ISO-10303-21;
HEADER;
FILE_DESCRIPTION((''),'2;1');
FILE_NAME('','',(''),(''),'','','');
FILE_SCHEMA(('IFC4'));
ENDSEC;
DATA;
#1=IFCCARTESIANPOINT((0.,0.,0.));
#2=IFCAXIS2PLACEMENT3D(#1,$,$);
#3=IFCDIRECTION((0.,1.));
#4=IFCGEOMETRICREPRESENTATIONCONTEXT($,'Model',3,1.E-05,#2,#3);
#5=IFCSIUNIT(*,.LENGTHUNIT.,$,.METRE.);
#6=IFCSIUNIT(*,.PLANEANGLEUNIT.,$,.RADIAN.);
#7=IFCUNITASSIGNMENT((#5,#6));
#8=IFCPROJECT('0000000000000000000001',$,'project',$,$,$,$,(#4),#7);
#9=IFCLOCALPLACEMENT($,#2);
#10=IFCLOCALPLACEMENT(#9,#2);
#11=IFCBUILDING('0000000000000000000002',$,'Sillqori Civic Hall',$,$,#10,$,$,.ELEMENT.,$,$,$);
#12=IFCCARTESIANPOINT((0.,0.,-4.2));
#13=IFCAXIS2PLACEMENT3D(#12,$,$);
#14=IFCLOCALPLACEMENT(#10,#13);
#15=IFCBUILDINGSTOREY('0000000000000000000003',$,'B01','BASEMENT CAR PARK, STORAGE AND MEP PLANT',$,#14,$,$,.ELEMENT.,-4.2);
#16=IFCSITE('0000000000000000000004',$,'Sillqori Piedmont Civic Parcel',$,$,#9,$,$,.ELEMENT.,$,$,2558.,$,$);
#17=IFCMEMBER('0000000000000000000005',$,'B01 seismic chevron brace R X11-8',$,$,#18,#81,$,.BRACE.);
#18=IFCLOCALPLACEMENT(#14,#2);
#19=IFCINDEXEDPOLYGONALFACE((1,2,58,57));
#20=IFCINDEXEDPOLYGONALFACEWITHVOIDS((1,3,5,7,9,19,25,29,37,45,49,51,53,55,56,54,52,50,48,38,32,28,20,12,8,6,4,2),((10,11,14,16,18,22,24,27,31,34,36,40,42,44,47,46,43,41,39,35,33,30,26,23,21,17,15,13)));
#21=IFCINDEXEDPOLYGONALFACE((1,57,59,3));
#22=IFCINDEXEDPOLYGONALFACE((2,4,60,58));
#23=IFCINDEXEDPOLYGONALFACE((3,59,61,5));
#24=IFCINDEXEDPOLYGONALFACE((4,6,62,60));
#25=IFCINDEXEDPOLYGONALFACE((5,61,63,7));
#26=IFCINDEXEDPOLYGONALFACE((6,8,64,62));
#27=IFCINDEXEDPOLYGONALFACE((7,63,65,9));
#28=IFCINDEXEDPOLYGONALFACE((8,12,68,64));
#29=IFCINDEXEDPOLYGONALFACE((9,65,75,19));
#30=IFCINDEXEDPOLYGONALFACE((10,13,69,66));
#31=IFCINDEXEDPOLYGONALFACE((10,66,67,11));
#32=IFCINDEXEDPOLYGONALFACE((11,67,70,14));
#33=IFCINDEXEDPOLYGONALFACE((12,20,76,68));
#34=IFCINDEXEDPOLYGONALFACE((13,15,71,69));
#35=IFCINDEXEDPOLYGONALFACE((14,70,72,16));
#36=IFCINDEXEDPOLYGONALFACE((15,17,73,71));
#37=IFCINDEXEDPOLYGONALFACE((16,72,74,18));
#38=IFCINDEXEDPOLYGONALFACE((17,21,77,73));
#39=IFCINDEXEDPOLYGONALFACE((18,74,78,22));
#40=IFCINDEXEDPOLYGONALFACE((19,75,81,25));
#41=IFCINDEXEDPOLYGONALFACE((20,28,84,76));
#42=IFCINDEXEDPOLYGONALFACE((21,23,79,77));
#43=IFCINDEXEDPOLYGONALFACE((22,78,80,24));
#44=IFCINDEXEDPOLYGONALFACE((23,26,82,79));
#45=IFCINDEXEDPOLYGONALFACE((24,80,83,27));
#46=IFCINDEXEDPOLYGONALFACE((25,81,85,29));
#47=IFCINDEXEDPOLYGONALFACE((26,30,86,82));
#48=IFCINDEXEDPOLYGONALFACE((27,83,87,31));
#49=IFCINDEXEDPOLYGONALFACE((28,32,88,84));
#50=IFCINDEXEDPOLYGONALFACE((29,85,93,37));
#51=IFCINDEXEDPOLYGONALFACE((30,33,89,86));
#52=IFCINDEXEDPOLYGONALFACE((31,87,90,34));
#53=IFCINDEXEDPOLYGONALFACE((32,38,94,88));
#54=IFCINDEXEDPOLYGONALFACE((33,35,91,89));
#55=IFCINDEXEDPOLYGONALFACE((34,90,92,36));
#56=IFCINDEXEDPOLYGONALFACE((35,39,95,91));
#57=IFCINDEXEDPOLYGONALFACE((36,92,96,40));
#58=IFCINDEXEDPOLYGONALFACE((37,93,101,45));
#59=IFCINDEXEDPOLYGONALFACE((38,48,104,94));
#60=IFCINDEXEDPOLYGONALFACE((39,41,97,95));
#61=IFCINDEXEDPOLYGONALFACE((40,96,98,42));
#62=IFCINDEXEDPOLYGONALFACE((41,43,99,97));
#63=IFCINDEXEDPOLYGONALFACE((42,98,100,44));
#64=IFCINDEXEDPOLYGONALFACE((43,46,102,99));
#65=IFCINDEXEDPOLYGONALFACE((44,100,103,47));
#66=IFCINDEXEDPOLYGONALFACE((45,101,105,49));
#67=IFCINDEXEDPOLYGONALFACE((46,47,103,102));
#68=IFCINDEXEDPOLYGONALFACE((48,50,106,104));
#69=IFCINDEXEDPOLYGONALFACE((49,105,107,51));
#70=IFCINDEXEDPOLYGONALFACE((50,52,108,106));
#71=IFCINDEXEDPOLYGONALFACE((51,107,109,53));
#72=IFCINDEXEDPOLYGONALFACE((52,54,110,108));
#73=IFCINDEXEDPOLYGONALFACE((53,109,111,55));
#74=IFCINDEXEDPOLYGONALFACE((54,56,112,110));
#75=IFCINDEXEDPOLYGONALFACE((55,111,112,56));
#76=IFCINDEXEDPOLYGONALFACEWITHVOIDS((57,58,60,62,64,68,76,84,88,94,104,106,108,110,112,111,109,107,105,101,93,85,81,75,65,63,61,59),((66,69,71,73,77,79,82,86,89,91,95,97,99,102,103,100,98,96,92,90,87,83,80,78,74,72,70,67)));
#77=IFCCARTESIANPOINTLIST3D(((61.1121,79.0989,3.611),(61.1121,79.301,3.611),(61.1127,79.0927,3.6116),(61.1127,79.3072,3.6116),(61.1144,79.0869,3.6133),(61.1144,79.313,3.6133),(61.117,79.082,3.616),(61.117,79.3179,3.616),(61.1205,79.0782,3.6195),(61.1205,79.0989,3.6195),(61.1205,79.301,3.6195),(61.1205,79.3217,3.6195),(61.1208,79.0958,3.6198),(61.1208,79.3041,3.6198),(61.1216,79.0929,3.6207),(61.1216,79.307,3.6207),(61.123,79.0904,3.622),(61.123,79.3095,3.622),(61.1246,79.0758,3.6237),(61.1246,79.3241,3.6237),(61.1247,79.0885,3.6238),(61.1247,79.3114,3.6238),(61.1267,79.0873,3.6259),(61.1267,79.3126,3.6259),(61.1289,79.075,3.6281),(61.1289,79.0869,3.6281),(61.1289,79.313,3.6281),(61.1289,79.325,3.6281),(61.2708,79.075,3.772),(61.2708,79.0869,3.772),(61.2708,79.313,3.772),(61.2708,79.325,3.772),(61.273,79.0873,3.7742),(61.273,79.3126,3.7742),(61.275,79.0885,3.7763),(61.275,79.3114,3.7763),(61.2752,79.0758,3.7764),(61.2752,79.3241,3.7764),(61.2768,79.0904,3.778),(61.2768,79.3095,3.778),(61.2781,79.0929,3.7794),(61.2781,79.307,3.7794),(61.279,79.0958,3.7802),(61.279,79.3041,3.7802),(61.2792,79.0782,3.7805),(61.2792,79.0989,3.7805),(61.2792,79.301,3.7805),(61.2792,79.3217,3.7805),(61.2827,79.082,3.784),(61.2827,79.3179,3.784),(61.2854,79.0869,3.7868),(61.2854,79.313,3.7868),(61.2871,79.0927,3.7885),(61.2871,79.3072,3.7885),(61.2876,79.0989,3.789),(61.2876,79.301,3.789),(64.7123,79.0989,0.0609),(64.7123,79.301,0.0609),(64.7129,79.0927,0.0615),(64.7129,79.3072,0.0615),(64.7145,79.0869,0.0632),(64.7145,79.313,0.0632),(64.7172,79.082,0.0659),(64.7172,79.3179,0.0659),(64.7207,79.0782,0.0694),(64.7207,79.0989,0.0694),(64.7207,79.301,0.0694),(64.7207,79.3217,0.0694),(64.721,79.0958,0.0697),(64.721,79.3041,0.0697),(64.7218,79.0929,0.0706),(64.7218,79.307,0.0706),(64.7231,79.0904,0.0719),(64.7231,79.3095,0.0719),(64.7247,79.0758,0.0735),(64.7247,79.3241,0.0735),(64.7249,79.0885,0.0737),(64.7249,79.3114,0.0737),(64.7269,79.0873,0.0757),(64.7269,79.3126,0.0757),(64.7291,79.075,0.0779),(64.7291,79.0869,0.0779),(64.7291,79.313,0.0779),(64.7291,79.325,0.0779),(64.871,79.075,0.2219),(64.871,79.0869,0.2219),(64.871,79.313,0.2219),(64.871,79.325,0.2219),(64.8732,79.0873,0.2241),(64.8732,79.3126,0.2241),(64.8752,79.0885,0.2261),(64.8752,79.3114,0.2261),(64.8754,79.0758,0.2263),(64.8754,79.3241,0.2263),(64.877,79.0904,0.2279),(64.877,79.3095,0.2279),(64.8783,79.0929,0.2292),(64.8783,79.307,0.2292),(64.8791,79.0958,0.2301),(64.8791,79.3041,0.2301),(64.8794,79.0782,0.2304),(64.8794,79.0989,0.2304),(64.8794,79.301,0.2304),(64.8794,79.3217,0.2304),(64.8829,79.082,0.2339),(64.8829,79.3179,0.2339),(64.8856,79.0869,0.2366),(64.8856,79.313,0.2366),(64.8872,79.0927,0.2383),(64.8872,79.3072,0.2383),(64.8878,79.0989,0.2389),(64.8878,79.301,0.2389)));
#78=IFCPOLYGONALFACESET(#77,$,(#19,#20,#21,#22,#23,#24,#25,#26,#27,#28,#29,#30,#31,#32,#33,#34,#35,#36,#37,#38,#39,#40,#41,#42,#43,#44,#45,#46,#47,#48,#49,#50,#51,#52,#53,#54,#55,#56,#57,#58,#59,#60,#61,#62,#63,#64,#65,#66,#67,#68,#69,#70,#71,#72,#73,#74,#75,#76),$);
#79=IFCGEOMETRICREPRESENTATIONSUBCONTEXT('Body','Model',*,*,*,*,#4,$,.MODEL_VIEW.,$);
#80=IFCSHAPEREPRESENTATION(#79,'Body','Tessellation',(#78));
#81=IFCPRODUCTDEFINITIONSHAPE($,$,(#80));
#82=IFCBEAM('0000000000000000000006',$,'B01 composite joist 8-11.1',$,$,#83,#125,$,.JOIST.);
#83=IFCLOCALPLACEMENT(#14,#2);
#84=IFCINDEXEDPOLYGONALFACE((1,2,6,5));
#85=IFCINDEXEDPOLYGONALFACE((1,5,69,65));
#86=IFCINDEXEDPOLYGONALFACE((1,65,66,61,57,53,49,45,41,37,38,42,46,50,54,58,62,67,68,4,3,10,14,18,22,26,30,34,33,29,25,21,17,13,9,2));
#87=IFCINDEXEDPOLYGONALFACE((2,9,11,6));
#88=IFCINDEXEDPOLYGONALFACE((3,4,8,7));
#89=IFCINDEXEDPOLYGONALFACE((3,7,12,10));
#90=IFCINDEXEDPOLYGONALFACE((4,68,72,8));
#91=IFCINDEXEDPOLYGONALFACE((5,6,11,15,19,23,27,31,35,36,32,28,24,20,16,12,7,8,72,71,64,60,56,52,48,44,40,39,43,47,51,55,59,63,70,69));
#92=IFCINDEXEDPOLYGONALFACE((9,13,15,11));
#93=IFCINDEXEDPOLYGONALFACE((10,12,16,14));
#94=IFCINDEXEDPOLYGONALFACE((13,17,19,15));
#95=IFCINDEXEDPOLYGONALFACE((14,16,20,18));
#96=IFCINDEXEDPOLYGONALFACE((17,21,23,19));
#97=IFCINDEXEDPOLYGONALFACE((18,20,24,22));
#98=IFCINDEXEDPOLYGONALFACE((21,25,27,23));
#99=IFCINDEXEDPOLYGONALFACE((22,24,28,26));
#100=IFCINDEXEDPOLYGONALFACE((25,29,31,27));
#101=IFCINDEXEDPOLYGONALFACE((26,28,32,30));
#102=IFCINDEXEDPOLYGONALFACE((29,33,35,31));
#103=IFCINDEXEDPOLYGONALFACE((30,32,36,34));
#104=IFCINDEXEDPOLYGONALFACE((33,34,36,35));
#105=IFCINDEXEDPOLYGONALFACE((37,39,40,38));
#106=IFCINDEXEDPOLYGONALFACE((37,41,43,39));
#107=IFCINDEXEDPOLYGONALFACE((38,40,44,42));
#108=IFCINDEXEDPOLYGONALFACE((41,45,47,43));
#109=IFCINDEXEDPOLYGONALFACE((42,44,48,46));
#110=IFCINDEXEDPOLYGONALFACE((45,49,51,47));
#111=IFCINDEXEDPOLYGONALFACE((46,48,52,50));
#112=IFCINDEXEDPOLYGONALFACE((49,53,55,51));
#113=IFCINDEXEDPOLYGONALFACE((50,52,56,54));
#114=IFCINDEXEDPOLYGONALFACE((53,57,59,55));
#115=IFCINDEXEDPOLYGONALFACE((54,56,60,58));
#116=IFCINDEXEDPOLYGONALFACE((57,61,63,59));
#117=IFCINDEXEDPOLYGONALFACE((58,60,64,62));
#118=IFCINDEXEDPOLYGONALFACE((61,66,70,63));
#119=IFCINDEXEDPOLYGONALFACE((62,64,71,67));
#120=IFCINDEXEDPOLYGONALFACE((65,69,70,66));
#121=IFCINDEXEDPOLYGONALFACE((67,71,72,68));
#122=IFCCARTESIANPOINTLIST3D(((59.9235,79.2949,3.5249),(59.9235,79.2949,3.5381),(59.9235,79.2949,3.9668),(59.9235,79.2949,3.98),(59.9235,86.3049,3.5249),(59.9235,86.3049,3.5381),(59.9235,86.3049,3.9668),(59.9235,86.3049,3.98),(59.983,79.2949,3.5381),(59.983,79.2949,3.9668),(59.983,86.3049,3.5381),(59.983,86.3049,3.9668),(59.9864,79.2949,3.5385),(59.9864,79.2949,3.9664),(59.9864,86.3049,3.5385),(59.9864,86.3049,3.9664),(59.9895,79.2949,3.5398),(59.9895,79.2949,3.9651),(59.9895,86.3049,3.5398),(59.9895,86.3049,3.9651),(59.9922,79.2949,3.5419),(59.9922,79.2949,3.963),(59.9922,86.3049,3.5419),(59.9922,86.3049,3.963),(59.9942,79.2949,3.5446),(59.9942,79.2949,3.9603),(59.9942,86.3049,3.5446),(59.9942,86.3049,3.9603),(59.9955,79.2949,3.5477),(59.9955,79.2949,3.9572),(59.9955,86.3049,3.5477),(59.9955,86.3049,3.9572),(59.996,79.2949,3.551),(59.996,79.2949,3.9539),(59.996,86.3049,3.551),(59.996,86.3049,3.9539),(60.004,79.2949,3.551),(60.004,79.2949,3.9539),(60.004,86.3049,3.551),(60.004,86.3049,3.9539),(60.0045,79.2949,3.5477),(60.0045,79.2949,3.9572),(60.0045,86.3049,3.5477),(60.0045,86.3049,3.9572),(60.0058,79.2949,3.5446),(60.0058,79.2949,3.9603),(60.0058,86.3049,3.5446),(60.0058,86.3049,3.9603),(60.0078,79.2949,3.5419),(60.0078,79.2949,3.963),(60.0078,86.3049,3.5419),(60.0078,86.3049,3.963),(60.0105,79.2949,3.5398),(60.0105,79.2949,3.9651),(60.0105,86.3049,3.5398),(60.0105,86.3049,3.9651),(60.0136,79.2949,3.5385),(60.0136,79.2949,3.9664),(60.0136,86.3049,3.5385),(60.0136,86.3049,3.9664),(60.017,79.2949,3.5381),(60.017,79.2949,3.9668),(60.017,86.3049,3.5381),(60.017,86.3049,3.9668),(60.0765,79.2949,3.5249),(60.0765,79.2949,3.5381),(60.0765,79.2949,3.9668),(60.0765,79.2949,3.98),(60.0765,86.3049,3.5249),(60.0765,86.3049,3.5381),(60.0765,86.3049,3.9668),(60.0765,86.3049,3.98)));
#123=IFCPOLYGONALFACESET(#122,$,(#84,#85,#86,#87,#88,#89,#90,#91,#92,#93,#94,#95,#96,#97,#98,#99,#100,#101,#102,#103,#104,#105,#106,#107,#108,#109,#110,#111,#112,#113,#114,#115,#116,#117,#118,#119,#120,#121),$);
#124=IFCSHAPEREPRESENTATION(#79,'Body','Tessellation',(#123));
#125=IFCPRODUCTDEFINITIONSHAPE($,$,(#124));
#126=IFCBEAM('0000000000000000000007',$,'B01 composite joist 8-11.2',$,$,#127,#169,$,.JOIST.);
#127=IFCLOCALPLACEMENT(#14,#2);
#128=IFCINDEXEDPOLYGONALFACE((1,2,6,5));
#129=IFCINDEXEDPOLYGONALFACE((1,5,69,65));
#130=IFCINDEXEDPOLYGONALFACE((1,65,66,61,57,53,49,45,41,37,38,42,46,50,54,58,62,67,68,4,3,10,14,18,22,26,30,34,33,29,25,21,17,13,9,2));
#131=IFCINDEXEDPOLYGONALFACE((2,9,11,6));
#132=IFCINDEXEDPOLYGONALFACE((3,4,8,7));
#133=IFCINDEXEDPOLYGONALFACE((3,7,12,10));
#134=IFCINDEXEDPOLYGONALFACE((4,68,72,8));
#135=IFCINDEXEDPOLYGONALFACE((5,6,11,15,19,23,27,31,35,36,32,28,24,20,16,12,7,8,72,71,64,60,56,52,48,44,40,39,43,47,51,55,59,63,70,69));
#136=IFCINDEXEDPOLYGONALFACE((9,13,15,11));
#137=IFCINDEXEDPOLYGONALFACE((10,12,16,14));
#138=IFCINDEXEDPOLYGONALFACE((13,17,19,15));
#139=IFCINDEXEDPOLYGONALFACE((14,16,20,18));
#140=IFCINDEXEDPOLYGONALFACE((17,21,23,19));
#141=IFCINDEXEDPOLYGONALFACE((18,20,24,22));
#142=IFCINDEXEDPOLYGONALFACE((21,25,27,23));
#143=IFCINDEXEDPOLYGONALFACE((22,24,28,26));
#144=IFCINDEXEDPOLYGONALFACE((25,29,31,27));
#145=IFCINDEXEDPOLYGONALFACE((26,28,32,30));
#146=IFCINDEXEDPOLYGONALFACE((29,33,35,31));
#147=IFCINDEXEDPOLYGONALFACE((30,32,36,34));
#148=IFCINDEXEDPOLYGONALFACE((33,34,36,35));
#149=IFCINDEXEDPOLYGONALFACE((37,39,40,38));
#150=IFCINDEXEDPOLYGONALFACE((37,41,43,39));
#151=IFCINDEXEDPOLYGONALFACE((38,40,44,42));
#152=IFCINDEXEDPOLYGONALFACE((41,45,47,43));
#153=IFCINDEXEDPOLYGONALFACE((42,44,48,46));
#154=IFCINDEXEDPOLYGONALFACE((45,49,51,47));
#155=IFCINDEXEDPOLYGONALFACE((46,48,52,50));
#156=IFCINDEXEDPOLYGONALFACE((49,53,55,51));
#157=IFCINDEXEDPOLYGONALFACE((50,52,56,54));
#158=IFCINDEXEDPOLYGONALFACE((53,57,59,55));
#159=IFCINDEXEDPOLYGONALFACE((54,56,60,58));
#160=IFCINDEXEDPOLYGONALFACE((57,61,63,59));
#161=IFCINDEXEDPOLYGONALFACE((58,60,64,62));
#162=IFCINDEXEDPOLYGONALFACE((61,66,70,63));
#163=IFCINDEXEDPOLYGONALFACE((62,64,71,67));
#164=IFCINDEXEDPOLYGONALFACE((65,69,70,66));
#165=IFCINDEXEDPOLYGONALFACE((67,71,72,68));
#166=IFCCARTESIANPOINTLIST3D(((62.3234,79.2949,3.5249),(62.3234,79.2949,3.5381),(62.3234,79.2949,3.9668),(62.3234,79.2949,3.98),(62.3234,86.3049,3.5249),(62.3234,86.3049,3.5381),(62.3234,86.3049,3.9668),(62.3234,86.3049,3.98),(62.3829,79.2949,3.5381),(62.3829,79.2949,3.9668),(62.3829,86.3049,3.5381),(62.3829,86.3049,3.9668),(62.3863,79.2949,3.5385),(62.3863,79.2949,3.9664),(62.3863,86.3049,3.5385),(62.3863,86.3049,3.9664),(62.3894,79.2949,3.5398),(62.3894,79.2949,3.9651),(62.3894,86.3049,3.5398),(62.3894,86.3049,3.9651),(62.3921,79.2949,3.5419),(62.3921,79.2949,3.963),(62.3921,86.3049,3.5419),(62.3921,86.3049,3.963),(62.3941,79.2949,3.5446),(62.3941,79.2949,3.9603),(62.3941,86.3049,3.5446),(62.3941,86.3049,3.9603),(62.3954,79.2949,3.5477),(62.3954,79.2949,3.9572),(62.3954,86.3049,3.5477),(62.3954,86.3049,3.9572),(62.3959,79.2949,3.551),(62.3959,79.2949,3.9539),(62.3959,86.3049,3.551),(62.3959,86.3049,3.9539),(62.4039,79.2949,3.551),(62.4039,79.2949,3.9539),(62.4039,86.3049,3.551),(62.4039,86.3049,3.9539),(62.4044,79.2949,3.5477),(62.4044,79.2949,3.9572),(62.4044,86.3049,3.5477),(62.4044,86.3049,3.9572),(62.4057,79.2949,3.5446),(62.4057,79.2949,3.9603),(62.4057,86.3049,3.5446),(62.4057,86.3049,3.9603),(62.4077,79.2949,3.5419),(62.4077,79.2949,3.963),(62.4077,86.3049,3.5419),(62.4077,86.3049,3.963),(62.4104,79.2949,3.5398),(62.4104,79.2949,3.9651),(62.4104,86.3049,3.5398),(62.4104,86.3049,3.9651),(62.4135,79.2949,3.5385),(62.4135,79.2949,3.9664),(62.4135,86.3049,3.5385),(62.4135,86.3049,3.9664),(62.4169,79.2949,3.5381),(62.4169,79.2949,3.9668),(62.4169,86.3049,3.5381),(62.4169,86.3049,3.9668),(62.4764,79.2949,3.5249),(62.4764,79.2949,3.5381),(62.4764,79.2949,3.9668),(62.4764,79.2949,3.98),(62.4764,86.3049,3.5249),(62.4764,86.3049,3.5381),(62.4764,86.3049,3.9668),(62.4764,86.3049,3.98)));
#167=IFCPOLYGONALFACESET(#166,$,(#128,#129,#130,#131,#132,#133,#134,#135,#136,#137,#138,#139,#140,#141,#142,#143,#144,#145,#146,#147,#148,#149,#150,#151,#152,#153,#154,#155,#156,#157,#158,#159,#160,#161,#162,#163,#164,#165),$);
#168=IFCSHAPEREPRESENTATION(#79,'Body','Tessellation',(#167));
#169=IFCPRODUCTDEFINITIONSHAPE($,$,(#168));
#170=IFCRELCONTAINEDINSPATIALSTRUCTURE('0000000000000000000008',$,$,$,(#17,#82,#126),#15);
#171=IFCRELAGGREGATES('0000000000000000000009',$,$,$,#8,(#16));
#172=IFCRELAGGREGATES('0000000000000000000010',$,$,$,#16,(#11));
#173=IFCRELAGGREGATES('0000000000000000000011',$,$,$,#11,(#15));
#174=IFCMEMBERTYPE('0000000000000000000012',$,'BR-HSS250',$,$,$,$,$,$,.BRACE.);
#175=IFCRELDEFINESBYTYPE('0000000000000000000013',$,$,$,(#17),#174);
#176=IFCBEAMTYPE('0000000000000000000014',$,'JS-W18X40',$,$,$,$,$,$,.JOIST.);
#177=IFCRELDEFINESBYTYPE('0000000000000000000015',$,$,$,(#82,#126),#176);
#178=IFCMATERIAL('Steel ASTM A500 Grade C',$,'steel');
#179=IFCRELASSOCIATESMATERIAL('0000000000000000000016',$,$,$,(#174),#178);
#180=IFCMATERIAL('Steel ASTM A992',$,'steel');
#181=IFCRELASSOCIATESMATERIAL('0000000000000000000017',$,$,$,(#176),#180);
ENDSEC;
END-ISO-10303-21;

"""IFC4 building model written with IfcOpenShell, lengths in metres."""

from ifc_helpers import new_model, si_unit, direction, frame, origin, origin_2d, place, context, subcontext, project, spatial, hollow_rectangle, i_section, extrude, material, material_profile, profile_set, type_object, element, save


model = new_model("IFC4")

# Units and contexts
model_context = context("Model", 3, precision=1e-05, world=origin(), true_north=direction((0.0, 1.0)))
body_context = subcontext(model_context, "Body", "Model", "MODEL_VIEW")
ifc_project = project(units=[si_unit("LENGTHUNIT", "METRE"), si_unit("PLANEANGLEUNIT", "RADIAN")], contexts=[model_context])

# Site, building, storey
site_placement = place(None, origin())
site = spatial("IfcSite", under=ifc_project, at=site_placement, Name="Sillqori Piedmont Civic Parcel", CompositionType="ELEMENT", RefElevation=2558.0)
building_placement = place(site_placement, origin())
building = spatial("IfcBuilding", under=site, at=building_placement, Name="Sillqori Civic Hall", CompositionType="ELEMENT")
storey_placement = place(building_placement, frame((0.0, 0.0, -4.2)))
storey = spatial("IfcBuildingStorey", under=building, at=storey_placement, Name="B01", Description="BASEMENT CAR PARK, STORAGE AND MEP PLANT", CompositionType="ELEMENT", Elevation=-4.2)

# Shared definitions
ifc_material_1 = material(Name="Steel ASTM A992", Category="steel")

# Member
ifc_material_2 = material(Name="Steel ASTM A500 Grade C", Category="steel")
ifc_material_profile_1 = material_profile(ifc_material_2, hollow_rectangle(XDim=0.25, YDim=0.25, WallThickness=0.012, InnerFilletRadius=0.012, OuterFilletRadius=0.0239, at=origin_2d()), Name="HSS250X250X12")
ifc_profile_set_1 = profile_set([ifc_material_profile_1], Name="Steel ASTM A500 Grade C")
member_type = type_object("IfcMemberType", Name="BR-HSS250", PredefinedType="BRACE", material=ifc_profile_set_1)
member_1_placement = place(storey_placement, frame((64.8, 79.2, 0.1499), z_axis=(-0.712039, 0.0, 0.70214), x_axis=(0.0, -1.0, 0.0)))
element("IfcMember", 1, at=member_1_placement, inside=storey, type_object=member_type, Name="B01 seismic chevron brace R X11-8", PredefinedType="BRACE", context=body_context, shape_type="SweptSolid", body=[
    extrude(hollow_rectangle(XDim=0.25, YDim=0.25, WallThickness=0.012, InnerFilletRadius=0.012, OuterFilletRadius=0.0239, at=origin_2d()), origin(), (0.0, 0.0, 1.0), 5.0562),
])

# Beams
ifc_material_profile_2 = material_profile(ifc_material_1, i_section(OverallWidth=0.1531, OverallDepth=0.4551, WebThickness=0.0081, FlangeThickness=0.0132, FilletRadius=0.0129, at=origin_2d()), Name="W18X40")
ifc_profile_set_2 = profile_set([ifc_material_profile_2], Name="Steel ASTM A992")
beam_type_1 = type_object("IfcBeamType", Name="JS-W18X40", PredefinedType="JOIST", material=ifc_profile_set_2)
for number, where, z_axis, x_axis, name in (
    (2, (60.0, 79.2949, 3.7524), (0.0, 1.0, 0.0), (-1.0, 0.0, 0.0), "B01 composite joist 8-11.1"),
    (3, (62.3999, 79.2949, 3.7524), (0.0, 1.0, 0.0), (-1.0, 0.0, 0.0), "B01 composite joist 8-11.2"),
):
    element("IfcBeam", number, at=place(storey_placement, frame(where, z_axis=z_axis, x_axis=x_axis)), inside=storey, type_object=beam_type_1, Name=name, PredefinedType="JOIST", context=body_context, shape_type="SweptSolid", body=[
        extrude(i_section(OverallWidth=0.1531, OverallDepth=0.4551, WebThickness=0.0081, FlangeThickness=0.0132, FilletRadius=0.0129, at=origin_2d()), origin(), (0.0, 0.0, 1.0), 7.01),
    ])

save(model, "model.ifc")
